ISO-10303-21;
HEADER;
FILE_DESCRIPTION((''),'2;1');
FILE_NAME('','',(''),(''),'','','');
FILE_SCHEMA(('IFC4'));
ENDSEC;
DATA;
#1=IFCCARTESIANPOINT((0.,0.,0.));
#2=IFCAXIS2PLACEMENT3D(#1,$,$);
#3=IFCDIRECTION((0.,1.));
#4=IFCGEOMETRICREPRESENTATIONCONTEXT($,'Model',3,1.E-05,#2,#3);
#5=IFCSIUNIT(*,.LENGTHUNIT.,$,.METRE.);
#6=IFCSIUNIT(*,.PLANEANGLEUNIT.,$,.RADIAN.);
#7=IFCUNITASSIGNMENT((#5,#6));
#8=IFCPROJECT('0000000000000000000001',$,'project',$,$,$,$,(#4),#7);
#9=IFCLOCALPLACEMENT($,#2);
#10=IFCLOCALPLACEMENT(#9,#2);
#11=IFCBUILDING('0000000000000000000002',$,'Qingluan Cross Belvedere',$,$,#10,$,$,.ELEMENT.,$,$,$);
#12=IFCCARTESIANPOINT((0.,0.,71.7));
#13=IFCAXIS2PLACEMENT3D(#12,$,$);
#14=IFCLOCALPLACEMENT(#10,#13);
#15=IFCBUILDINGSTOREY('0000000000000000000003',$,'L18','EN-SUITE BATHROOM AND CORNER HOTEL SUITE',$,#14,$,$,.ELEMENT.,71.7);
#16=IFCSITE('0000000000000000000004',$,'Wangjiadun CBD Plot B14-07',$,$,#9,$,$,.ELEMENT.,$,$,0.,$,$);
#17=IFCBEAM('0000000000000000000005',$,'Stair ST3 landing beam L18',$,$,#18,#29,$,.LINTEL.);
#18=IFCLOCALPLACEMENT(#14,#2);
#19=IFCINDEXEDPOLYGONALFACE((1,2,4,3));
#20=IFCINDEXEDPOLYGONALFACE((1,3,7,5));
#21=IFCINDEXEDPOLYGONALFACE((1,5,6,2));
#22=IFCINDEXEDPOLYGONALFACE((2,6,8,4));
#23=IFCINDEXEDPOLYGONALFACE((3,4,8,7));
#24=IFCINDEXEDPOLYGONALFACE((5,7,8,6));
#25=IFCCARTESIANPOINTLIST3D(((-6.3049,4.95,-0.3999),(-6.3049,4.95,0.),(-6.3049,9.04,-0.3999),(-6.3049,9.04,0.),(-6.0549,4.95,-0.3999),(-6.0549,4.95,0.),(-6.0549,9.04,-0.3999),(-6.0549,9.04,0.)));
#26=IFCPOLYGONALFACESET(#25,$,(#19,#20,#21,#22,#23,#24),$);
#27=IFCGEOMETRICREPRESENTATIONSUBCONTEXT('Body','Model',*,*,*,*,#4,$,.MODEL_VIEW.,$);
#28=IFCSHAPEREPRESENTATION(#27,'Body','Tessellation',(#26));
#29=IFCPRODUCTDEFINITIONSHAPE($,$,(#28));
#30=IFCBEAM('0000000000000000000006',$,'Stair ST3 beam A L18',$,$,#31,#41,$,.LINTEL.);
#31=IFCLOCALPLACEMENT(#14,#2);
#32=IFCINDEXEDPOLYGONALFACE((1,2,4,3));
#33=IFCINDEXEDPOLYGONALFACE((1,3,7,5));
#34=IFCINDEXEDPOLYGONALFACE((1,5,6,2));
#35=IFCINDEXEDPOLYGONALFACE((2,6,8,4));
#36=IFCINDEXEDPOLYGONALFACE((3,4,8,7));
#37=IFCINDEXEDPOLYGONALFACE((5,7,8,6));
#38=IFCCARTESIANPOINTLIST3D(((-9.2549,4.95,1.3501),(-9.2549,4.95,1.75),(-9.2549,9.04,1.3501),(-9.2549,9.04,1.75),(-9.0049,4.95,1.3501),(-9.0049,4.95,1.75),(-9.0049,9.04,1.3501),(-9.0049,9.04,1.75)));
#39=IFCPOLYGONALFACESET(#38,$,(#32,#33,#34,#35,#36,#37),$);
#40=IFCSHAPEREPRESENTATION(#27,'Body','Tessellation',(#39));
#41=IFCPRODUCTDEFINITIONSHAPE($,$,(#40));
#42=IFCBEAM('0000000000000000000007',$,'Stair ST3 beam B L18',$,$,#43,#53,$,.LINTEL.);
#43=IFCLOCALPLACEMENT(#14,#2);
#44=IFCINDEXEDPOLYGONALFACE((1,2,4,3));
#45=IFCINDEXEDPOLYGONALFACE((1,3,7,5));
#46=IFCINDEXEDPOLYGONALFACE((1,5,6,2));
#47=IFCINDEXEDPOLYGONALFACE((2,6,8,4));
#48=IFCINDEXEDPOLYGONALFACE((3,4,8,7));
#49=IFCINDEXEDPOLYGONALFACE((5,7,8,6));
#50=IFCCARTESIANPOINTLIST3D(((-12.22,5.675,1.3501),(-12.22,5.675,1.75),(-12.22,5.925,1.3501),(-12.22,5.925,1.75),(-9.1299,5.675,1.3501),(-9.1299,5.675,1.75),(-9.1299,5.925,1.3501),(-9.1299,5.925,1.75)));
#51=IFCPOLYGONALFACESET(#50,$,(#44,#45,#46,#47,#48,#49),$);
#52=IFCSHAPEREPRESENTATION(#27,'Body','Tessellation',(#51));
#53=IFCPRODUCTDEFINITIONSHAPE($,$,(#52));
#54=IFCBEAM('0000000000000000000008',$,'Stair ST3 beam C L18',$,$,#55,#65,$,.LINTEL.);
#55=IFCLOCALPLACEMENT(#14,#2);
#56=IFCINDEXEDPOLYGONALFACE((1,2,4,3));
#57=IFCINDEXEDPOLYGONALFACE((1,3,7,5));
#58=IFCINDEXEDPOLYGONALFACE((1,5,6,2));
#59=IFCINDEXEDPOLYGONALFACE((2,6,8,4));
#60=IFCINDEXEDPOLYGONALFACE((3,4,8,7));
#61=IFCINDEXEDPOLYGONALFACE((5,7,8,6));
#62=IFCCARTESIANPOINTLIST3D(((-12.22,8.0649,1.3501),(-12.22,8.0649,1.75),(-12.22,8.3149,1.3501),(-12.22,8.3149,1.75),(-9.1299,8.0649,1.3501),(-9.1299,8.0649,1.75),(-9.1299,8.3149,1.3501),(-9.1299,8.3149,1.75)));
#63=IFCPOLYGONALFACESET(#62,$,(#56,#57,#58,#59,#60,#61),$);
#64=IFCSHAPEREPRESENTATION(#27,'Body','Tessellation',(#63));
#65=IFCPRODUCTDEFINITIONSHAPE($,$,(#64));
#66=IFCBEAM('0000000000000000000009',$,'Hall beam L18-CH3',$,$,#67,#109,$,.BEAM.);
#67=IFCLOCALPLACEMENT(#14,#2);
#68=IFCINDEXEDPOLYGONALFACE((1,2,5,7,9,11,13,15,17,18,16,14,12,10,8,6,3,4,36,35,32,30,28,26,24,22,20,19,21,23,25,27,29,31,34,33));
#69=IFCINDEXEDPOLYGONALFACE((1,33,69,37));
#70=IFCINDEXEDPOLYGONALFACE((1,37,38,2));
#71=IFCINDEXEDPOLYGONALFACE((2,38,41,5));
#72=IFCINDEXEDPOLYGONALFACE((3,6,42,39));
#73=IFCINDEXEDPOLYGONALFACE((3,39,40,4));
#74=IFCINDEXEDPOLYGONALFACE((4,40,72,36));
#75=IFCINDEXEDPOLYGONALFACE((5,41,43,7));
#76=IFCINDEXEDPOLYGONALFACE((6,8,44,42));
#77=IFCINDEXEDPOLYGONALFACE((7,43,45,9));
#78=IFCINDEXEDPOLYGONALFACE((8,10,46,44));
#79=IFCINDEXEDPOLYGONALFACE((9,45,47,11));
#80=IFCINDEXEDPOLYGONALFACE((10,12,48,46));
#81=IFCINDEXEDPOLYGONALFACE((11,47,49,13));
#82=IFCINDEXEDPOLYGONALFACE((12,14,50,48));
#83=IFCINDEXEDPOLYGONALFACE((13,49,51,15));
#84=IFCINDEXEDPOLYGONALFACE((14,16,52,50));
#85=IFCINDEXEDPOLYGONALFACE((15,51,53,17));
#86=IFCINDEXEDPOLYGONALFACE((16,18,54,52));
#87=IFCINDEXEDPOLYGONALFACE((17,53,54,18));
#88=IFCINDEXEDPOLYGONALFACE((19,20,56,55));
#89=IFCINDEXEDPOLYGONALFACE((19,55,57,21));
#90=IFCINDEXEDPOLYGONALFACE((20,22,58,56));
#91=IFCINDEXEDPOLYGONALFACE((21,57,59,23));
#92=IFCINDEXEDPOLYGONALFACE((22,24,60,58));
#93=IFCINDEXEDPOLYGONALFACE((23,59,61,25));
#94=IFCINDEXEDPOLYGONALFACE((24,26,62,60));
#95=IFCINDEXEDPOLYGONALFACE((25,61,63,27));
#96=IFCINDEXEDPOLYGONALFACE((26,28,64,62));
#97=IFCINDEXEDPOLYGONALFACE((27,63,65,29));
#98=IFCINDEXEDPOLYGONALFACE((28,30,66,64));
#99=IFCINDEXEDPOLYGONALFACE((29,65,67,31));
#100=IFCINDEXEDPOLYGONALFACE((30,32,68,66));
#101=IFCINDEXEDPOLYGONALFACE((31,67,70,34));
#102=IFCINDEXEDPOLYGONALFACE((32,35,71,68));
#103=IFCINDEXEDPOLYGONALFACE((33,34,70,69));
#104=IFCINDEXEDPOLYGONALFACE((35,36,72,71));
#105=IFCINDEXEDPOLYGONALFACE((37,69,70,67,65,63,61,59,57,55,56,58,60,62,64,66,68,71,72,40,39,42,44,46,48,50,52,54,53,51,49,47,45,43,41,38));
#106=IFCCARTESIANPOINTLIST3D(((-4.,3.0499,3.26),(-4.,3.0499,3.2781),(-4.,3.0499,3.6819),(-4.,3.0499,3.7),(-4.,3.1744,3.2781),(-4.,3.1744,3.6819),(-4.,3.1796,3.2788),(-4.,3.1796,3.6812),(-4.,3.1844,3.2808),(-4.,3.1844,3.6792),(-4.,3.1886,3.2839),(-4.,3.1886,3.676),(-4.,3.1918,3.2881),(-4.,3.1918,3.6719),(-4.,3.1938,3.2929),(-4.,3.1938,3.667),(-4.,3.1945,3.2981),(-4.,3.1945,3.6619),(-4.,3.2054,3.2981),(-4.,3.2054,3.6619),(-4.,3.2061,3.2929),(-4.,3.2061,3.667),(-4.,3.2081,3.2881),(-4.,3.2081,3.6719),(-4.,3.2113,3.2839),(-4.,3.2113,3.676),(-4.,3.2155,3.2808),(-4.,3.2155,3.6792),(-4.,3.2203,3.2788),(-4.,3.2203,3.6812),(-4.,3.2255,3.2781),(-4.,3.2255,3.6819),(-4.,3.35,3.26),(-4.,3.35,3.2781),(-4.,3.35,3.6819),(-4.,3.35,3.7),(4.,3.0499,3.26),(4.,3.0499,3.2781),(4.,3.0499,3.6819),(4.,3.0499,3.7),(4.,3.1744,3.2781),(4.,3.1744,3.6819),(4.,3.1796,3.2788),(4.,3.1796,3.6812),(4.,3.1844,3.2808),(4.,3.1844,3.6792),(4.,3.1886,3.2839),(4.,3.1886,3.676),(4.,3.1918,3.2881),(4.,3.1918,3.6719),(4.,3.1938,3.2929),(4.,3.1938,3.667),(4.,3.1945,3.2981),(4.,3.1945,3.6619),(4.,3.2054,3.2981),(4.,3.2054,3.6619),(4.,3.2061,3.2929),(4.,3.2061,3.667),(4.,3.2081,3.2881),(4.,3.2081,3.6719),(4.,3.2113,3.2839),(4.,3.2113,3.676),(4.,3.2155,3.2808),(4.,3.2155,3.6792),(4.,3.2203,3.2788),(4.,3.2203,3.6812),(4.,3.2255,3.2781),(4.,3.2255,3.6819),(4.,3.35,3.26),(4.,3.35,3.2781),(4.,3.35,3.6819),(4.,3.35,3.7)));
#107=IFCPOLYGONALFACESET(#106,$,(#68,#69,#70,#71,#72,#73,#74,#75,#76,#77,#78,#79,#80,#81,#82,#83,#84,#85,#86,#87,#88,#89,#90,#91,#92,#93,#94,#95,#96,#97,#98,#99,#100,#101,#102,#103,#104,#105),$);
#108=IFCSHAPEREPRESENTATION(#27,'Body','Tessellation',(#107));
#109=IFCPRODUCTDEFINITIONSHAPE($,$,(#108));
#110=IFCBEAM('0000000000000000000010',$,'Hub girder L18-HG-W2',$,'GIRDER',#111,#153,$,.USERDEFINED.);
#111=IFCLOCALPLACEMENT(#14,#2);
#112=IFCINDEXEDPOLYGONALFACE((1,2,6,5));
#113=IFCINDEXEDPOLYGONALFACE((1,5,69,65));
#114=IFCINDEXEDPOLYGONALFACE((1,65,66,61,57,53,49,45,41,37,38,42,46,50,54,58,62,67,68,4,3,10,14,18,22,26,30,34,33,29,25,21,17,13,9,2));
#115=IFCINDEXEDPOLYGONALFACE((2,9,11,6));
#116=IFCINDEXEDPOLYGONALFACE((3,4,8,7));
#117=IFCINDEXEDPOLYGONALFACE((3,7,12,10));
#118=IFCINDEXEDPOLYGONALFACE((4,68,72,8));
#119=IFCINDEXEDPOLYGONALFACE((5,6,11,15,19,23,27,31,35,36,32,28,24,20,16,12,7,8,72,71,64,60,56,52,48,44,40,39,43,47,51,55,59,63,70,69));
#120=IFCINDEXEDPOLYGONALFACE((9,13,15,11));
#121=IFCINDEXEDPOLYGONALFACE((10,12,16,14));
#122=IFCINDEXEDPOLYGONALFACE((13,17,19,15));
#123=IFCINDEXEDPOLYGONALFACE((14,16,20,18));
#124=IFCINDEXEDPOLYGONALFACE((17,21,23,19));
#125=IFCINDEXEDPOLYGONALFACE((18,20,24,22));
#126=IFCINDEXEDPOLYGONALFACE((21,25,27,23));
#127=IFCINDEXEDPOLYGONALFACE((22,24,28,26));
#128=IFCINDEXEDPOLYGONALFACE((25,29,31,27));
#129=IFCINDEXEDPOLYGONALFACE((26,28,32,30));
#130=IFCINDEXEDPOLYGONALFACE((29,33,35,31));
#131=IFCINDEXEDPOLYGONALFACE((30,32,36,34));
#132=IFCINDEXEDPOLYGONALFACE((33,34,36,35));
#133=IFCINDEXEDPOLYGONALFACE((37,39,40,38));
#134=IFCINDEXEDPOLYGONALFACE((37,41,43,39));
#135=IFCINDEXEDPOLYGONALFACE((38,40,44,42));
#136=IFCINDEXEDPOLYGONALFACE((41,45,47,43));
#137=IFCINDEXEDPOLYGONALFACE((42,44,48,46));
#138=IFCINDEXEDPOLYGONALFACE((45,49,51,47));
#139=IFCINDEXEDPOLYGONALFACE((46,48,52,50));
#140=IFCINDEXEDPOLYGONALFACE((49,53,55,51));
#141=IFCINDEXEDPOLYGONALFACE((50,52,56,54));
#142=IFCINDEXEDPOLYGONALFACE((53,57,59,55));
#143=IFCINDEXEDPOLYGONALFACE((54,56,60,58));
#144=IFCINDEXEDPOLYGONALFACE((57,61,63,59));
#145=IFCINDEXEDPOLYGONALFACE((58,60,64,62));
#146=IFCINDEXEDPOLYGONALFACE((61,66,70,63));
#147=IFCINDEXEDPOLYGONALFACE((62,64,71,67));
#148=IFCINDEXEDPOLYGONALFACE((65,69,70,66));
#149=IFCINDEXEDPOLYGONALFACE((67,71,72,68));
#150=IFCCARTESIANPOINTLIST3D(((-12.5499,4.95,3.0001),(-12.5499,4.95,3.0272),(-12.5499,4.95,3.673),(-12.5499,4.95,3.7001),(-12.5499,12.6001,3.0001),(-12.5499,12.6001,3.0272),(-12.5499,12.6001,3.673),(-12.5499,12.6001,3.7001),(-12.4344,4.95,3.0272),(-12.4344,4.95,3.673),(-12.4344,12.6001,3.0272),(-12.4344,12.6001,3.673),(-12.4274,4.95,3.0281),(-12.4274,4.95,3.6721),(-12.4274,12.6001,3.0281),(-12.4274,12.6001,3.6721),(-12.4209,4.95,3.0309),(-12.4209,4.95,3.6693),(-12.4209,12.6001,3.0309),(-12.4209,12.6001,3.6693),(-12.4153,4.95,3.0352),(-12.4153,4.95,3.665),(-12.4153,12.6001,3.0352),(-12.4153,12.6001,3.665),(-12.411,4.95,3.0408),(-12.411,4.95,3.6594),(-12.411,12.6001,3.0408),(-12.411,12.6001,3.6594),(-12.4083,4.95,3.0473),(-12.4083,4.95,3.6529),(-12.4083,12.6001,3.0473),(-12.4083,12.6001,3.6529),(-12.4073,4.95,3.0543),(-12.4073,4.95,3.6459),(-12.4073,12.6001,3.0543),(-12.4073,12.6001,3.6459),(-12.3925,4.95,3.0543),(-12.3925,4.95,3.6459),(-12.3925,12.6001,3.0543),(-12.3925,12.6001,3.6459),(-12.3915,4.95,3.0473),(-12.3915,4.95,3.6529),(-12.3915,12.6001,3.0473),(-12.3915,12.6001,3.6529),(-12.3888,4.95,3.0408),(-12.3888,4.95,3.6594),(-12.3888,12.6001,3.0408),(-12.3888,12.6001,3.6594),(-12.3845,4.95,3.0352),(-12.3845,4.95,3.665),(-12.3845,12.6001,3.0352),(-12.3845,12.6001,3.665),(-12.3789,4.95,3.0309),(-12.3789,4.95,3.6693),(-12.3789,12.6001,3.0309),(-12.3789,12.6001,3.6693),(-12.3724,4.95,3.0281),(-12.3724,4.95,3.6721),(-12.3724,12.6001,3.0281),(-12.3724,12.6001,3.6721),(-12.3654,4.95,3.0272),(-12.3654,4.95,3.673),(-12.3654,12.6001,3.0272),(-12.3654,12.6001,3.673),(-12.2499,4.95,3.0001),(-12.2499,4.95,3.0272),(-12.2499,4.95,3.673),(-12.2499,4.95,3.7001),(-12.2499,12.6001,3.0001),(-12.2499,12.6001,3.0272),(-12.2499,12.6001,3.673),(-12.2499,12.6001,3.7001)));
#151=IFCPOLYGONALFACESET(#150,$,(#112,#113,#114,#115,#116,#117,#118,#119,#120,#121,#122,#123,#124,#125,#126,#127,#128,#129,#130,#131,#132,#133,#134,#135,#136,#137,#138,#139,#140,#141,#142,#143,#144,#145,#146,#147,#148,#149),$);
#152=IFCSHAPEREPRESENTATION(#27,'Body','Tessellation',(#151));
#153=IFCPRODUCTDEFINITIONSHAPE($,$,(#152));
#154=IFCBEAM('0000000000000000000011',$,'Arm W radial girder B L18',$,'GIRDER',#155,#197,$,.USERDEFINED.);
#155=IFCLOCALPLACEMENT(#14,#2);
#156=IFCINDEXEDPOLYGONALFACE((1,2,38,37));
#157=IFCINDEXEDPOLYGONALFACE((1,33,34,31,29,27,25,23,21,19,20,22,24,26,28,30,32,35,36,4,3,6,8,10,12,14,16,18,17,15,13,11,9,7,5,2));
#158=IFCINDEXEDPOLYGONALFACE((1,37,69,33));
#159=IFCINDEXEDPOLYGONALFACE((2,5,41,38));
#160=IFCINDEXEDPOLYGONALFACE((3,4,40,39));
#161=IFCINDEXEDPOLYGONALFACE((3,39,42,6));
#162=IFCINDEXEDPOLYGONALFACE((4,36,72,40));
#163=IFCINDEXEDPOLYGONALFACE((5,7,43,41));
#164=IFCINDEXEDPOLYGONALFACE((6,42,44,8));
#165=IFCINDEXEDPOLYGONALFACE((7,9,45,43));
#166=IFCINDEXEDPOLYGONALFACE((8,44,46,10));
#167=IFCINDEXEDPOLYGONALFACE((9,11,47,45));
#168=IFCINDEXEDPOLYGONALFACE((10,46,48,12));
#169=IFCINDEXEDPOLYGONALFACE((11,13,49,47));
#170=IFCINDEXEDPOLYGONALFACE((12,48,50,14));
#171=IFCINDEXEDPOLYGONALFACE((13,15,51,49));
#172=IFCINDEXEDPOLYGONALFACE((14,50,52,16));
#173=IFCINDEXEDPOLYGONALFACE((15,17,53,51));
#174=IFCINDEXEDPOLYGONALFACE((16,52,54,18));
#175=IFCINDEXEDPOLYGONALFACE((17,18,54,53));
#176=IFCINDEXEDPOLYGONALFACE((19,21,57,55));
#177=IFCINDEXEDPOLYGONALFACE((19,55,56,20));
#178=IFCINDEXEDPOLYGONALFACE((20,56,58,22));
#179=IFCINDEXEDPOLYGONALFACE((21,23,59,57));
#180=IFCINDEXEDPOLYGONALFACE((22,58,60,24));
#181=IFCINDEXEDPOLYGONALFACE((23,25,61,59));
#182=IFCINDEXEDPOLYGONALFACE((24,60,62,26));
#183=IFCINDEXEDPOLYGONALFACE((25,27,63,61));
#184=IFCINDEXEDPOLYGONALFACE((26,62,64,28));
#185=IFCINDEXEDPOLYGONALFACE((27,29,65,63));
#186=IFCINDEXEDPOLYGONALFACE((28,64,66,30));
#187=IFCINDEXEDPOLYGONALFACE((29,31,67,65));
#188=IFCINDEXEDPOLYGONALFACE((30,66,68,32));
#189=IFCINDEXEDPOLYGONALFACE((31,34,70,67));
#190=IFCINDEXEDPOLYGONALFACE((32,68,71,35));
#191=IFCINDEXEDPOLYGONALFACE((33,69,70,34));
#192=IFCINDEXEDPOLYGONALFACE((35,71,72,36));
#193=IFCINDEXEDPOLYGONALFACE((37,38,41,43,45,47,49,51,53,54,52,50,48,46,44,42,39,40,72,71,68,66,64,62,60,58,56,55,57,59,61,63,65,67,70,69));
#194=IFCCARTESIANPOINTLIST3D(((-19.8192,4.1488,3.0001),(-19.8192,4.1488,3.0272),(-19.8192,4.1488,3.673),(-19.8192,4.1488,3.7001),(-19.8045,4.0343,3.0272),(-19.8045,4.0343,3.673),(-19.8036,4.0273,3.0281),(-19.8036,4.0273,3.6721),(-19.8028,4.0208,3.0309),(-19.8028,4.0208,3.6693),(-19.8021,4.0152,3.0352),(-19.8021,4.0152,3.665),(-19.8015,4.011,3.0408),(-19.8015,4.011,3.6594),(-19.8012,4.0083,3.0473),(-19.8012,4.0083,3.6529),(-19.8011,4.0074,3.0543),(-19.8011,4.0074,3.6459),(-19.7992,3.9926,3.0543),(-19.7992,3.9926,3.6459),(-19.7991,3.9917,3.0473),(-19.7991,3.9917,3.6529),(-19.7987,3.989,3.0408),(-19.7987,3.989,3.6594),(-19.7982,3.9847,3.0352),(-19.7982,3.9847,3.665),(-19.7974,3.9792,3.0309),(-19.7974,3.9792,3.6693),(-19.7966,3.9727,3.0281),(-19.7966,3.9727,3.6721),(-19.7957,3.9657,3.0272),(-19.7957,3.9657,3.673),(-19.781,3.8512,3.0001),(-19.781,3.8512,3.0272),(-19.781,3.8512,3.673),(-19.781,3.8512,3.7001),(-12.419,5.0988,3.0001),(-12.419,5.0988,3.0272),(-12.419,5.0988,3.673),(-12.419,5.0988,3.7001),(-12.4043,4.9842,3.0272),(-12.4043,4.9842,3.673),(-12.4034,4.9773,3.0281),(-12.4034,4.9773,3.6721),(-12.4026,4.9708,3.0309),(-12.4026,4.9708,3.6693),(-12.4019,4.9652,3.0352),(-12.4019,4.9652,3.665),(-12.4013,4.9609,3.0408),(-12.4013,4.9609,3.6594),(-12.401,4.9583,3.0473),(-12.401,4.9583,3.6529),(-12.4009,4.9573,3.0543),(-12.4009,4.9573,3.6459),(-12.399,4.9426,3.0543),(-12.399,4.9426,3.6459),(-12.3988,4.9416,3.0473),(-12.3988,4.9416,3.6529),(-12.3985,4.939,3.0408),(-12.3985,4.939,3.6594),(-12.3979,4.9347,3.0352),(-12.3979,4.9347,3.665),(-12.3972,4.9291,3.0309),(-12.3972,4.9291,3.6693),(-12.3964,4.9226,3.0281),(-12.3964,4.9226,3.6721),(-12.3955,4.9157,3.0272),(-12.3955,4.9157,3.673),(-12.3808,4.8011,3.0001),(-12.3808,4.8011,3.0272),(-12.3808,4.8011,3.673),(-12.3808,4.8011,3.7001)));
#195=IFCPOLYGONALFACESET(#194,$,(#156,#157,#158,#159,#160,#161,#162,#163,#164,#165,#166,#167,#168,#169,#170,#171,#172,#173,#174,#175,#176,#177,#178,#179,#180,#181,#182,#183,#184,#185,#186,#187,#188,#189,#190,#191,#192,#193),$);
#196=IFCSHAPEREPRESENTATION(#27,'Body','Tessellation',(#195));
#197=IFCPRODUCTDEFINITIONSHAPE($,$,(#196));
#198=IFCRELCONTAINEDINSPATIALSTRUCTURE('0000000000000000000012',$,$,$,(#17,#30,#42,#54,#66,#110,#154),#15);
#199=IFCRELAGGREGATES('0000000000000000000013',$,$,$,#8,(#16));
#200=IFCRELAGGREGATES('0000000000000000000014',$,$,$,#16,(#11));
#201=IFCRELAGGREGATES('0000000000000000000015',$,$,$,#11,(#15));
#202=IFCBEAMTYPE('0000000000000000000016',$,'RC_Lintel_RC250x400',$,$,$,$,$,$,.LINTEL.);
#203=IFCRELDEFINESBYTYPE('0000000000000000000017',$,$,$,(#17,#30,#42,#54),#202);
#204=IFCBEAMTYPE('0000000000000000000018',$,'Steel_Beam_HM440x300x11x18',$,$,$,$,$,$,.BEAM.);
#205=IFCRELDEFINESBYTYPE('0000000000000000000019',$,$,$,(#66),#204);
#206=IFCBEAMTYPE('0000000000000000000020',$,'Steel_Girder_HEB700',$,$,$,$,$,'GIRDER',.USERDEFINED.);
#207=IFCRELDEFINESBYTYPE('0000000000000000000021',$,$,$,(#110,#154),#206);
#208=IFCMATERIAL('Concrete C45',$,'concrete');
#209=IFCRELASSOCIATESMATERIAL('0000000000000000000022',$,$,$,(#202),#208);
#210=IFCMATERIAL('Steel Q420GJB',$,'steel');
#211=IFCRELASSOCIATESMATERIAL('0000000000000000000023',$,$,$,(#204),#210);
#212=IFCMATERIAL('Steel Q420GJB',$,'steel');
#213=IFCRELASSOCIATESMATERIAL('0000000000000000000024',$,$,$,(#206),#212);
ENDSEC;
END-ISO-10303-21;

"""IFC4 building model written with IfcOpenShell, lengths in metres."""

from ifc_helpers import new_model, si_unit, direction, frame, origin, origin_2d, place, context, subcontext, project, spatial, rectangle, i_section, extrude, material, material_profile, profile_set, type_object, element, save


model = new_model("IFC4")

# Units and contexts
model_context = context("Model", 3, precision=1e-05, world=origin(), true_north=direction((0.0, 1.0)))
body_context = subcontext(model_context, "Body", "Model", "MODEL_VIEW")
ifc_project = project(units=[si_unit("LENGTHUNIT", "METRE"), si_unit("PLANEANGLEUNIT", "RADIAN")], contexts=[model_context])

# Site, building, storey
site_placement = place(None, origin())
site = spatial("IfcSite", under=ifc_project, at=site_placement, Name="Wangjiadun CBD Plot B14-07", CompositionType="ELEMENT", RefElevation=0.0)
building_placement = place(site_placement, origin())
building = spatial("IfcBuilding", under=site, at=building_placement, Name="Qingluan Cross Belvedere", CompositionType="ELEMENT")
storey_placement = place(building_placement, frame((0.0, 0.0, 71.7)))
storey = spatial("IfcBuildingStorey", under=building, at=storey_placement, Name="L18", Description="EN-SUITE BATHROOM AND CORNER HOTEL SUITE", CompositionType="ELEMENT", Elevation=71.7)

# Beams
ifc_material_1 = material(Name="Concrete C45", Category="concrete")
ifc_material_profile_1 = material_profile(ifc_material_1, rectangle(XDim=0.25, YDim=0.3999, at=origin_2d()), Name="RC250x400")
ifc_profile_set_1 = profile_set([ifc_material_profile_1], Name="Concrete C45")
beam_type_1 = type_object("IfcBeamType", Name="RC_Lintel_RC250x400", PredefinedType="LINTEL", material=ifc_profile_set_1)
for number, where, z_axis, x_axis, name in (
    (1, (-6.1799, 4.95, -0.2), (0.0, 1.0, 0.0), (-1.0, 0.0, 0.0), "Stair ST3 landing beam L18"),
    (2, (-9.1299, 4.95, 1.55), (0.0, 1.0, 0.0), (-1.0, 0.0, 0.0), "Stair ST3 beam A L18"),
):
    element("IfcBeam", number, at=place(storey_placement, frame(where, z_axis=z_axis, x_axis=x_axis)), inside=storey, type_object=beam_type_1, Name=name, PredefinedType="LINTEL", context=body_context, shape_type="SweptSolid", body=[
        extrude(rectangle(XDim=0.25, YDim=0.3999, at=origin_2d()), origin(), (0.0, 0.0, 1.0), 4.0901),
    ])
for number, where, z_axis, x_axis, name in (
    (3, (-12.22, 5.8, 1.55), (1.0, 0.0, 0.0), (0.0, 1.0, 0.0), "Stair ST3 beam B L18"),
    (4, (-12.22, 8.1899, 1.55), (1.0, 0.0, 0.0), (0.0, 1.0, 0.0), "Stair ST3 beam C L18"),
):
    element("IfcBeam", number, at=place(storey_placement, frame(where, z_axis=z_axis, x_axis=x_axis)), inside=storey, type_object=beam_type_1, Name=name, PredefinedType="LINTEL", context=body_context, shape_type="SweptSolid", body=[
        extrude(rectangle(XDim=0.25, YDim=0.3999, at=origin_2d()), origin(), (0.0, 0.0, 1.0), 3.0901),
    ])
ifc_material_2 = material(Name="Steel Q420GJB", Category="steel")
ifc_material_profile_2 = material_profile(ifc_material_2, i_section(OverallWidth=0.3, OverallDepth=0.4399, WebThickness=0.011, FlangeThickness=0.0181, FilletRadius=0.02, at=origin_2d()), Name="HM440x300x11x18")
ifc_profile_set_2 = profile_set([ifc_material_profile_2], Name="Steel Q420GJB")
beam_type_2 = type_object("IfcBeamType", Name="Steel_Beam_HM440x300x11x18", PredefinedType="BEAM", material=ifc_profile_set_2)
beam_1_placement = place(storey_placement, frame((-4.0, 3.2, 3.48), z_axis=(1.0, 0.0, 0.0), x_axis=(0.0, 1.0, 0.0)))
element("IfcBeam", 5, at=beam_1_placement, inside=storey, type_object=beam_type_2, Name="Hall beam L18-CH3", PredefinedType="BEAM", context=body_context, shape_type="SweptSolid", body=[
    extrude(i_section(OverallWidth=0.3, OverallDepth=0.4399, WebThickness=0.011, FlangeThickness=0.0181, FilletRadius=0.02, at=origin_2d()), origin(), (0.0, 0.0, 1.0), 8.0),
])
ifc_material_3 = material(Name="Steel Q420GJB", Category="steel")
ifc_material_profile_3 = material_profile(ifc_material_3, i_section(OverallWidth=0.3, OverallDepth=0.7, WebThickness=0.0149, FlangeThickness=0.0271, FilletRadius=0.0271, at=origin_2d()), Name="HEB700")
ifc_profile_set_3 = profile_set([ifc_material_profile_3], Name="Steel Q420GJB")
beam_type_3 = type_object("IfcBeamType", Name="Steel_Girder_HEB700", ElementType="GIRDER", PredefinedType="USERDEFINED", material=ifc_profile_set_3)
beam_2_placement = place(storey_placement, frame((-12.3999, 4.95, 3.3501), z_axis=(0.0, 1.0, 0.0), x_axis=(-1.0, 0.0, 0.0)))
element("IfcBeam", 6, at=beam_2_placement, inside=storey, type_object=beam_type_3, Name="Hub girder L18-HG-W2", ObjectType="GIRDER", PredefinedType="USERDEFINED", context=body_context, shape_type="SweptSolid", body=[
    extrude(i_section(OverallWidth=0.3, OverallDepth=0.7, WebThickness=0.0149, FlangeThickness=0.0271, FilletRadius=0.0271, at=origin_2d()), origin(), (0.0, 0.0, 1.0), 7.6501),
])
beam_3_placement = place(storey_placement, frame((-12.3999, 4.95, 3.3501), z_axis=(-0.991861, -0.127324, 0.0), x_axis=(0.127324, -0.991861, 0.0)))
element("IfcBeam", 7, at=beam_3_placement, inside=storey, type_object=beam_type_3, Name="Arm W radial girder B L18", ObjectType="GIRDER", PredefinedType="USERDEFINED", context=body_context, shape_type="SweptSolid", body=[
    extrude(i_section(OverallWidth=0.3, OverallDepth=0.7, WebThickness=0.0149, FlangeThickness=0.0271, FilletRadius=0.0271, at=origin_2d()), origin(), (0.0, 0.0, 1.0), 7.4609),
])

save(model, "model.ifc")
